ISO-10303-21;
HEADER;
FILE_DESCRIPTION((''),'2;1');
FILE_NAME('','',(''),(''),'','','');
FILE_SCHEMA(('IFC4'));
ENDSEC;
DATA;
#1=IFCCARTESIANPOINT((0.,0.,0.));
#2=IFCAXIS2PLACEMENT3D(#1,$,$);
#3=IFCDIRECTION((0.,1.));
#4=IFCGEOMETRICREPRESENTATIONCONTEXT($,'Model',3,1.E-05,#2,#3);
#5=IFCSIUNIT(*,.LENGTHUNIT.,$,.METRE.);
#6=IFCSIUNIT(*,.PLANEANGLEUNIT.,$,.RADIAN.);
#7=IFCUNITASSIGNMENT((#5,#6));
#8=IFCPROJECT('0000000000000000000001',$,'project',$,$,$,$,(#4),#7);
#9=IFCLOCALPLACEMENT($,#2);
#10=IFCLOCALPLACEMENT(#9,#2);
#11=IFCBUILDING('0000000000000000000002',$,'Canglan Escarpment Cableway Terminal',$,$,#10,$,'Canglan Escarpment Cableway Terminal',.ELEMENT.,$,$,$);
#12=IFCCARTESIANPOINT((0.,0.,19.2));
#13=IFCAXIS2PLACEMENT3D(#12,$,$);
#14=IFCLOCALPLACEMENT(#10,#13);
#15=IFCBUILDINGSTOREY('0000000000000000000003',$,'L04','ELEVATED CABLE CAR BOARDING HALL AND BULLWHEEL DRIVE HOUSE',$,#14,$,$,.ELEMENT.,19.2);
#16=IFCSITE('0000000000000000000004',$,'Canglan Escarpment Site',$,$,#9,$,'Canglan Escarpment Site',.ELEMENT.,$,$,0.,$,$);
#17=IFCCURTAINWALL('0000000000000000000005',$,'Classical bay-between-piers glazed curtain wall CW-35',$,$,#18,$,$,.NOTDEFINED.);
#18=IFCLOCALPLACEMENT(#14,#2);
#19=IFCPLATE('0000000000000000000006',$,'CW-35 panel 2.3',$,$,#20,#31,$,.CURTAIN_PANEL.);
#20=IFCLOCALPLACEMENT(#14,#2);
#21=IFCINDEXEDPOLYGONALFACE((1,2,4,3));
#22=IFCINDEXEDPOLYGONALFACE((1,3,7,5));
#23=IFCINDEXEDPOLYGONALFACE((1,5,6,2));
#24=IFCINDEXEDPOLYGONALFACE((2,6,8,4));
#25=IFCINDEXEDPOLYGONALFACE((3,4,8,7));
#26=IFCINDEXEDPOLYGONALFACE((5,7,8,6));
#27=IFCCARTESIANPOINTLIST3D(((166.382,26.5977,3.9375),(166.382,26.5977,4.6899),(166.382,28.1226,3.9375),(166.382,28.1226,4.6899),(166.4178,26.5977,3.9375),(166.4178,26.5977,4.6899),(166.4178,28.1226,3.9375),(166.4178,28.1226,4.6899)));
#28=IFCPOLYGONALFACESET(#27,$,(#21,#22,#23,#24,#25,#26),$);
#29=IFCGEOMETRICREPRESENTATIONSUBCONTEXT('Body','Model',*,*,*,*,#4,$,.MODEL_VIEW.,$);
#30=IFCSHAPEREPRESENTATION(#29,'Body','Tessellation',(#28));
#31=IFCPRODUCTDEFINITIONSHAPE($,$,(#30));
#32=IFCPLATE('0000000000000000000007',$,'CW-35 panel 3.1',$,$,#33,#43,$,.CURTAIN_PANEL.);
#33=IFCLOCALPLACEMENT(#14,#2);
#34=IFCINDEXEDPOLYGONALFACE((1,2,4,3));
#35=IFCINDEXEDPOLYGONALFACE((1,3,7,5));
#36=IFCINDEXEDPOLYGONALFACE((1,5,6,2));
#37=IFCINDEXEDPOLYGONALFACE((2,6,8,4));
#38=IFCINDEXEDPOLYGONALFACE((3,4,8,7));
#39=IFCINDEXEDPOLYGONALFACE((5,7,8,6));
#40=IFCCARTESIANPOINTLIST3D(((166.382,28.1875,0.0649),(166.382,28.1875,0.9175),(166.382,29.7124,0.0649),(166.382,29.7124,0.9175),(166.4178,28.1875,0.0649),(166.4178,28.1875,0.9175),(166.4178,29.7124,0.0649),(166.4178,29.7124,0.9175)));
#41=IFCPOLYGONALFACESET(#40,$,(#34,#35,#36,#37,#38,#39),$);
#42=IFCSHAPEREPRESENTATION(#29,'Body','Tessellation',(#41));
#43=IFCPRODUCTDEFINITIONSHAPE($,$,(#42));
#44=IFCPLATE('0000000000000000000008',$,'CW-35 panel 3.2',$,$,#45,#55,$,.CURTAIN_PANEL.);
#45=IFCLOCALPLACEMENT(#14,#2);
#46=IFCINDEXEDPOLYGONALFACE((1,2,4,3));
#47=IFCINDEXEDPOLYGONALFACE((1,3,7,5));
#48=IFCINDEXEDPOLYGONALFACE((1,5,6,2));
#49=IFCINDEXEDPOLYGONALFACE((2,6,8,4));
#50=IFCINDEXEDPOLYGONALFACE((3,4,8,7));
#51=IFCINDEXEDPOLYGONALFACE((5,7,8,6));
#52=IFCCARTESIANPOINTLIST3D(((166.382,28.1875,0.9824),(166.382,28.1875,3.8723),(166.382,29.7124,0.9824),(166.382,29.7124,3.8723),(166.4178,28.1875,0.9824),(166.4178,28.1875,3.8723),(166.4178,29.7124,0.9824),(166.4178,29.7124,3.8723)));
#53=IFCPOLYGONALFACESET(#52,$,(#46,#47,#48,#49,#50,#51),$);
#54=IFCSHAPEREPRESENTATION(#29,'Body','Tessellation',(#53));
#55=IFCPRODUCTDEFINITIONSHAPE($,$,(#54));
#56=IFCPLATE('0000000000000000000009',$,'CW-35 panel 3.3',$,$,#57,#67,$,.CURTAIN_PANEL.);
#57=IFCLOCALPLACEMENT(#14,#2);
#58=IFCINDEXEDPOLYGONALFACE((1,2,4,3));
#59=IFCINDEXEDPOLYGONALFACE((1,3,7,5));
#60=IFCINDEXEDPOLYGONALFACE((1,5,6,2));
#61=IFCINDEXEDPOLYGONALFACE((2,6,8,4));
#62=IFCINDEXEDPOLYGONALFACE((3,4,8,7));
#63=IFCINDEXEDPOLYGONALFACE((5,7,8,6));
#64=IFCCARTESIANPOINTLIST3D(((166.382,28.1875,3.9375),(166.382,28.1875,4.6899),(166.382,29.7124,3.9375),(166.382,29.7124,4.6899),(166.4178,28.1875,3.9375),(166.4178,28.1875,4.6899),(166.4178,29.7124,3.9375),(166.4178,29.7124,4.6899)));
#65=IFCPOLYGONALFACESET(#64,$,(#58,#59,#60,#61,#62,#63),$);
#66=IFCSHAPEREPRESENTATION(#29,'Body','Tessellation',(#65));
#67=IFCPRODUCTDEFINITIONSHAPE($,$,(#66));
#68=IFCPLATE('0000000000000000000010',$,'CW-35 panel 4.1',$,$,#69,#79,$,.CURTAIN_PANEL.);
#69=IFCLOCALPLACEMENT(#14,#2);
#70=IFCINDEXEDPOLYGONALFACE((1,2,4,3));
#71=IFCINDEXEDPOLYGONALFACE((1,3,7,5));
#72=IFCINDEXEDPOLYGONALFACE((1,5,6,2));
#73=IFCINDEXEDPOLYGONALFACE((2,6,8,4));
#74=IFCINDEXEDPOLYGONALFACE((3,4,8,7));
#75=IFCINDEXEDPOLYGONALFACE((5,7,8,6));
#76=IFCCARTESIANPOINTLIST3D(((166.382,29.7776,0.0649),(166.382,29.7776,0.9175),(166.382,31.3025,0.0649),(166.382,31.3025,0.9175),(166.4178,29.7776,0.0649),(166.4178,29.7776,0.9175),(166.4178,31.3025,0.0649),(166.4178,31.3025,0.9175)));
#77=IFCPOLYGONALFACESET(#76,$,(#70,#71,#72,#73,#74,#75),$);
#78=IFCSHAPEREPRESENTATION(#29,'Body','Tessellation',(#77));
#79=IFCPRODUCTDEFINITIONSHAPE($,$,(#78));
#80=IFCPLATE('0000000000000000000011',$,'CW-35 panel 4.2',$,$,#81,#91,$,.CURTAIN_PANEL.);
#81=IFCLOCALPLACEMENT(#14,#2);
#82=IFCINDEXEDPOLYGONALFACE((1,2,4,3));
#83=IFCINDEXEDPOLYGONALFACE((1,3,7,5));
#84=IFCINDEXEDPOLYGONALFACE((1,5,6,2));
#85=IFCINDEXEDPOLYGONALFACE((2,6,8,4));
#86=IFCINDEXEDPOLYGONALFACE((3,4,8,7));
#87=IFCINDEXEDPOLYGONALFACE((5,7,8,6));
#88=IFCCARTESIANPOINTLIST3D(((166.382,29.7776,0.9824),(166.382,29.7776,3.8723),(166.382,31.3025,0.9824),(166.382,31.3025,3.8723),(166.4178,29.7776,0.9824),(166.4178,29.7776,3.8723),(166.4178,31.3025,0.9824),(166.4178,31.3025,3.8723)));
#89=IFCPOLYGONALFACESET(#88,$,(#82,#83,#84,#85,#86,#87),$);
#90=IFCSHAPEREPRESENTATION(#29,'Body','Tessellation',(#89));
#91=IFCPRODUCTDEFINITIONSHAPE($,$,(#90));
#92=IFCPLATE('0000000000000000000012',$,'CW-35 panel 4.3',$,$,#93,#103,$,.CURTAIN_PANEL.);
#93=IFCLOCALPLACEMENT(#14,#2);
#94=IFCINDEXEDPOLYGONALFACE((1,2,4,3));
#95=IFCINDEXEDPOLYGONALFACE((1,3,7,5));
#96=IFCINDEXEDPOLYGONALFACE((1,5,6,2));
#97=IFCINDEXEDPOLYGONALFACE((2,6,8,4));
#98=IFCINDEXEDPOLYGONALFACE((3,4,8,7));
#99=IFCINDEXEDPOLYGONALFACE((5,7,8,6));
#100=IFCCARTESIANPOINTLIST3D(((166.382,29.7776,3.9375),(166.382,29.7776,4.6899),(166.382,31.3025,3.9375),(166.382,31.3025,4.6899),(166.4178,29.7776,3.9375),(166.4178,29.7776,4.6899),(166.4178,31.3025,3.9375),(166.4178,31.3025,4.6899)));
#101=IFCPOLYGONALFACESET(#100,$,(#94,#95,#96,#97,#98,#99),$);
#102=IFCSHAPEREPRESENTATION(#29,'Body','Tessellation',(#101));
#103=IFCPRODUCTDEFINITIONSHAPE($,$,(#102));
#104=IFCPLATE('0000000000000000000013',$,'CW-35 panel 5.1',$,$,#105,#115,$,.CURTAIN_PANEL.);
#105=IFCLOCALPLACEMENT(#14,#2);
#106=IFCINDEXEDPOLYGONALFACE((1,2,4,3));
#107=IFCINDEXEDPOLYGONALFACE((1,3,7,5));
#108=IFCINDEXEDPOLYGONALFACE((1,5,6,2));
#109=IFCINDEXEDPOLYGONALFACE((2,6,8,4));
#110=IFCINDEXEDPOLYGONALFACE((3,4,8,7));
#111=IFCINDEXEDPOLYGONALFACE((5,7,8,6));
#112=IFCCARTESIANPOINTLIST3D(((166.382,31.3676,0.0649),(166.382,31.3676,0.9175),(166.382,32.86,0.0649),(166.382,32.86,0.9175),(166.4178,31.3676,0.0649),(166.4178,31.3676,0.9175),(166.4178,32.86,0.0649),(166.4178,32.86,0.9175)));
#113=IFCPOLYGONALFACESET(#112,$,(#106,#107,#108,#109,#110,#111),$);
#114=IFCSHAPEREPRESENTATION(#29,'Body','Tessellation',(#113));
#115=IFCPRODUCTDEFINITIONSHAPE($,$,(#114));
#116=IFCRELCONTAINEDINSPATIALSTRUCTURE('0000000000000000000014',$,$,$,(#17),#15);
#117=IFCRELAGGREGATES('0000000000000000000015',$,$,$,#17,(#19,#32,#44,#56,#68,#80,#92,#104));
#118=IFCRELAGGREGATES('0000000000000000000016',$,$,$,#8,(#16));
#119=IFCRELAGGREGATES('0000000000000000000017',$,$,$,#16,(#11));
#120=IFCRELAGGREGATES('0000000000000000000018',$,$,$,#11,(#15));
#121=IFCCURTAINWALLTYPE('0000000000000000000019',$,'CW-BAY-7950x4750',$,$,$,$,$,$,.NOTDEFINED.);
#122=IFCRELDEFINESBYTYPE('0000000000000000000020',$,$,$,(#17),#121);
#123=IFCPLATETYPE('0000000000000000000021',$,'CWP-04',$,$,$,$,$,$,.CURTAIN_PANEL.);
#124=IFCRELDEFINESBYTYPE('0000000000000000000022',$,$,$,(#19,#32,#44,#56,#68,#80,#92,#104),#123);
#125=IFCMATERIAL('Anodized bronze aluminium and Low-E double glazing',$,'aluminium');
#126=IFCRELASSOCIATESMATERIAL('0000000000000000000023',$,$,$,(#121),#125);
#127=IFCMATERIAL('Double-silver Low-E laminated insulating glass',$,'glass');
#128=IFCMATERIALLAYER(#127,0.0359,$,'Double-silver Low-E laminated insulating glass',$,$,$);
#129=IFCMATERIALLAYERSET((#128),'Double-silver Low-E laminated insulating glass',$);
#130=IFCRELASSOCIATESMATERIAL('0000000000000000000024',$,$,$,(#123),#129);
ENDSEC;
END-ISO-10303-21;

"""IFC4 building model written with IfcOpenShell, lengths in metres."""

from ifc_helpers import new_model, si_unit, direction, frame, origin, origin_2d, place, context, subcontext, project, spatial, rectangle, extrude, material, layer, layer_set, type_object, element, aggregate, save


model = new_model("IFC4")

# Units and contexts
model_context = context("Model", 3, precision=1e-05, world=origin(), true_north=direction((0.0, 1.0)))
body_context = subcontext(model_context, "Body", "Model", "MODEL_VIEW")
ifc_project = project(units=[si_unit("LENGTHUNIT", "METRE"), si_unit("PLANEANGLEUNIT", "RADIAN")], contexts=[model_context])

# Site, building, storey
site_placement = place(None, origin())
site = spatial("IfcSite", under=ifc_project, at=site_placement, Name="Canglan Escarpment Site", LongName="Canglan Escarpment Site", CompositionType="ELEMENT", RefElevation=0.0)
building_placement = place(site_placement, origin())
building = spatial("IfcBuilding", under=site, at=building_placement, Name="Canglan Escarpment Cableway Terminal", LongName="Canglan Escarpment Cableway Terminal", CompositionType="ELEMENT")
storey_placement = place(building_placement, frame((0.0, 0.0, 19.2)))
storey = spatial("IfcBuildingStorey", under=building, at=storey_placement, Name="L04", Description="ELEVATED CABLE CAR BOARDING HALL AND BULLWHEEL DRIVE HOUSE", CompositionType="ELEMENT", Elevation=19.2)

# Curtain wall, plates
ifc_material_1 = material(Name="Anodized bronze aluminium and Low-E double glazing", Category="aluminium")
curtain_wall_type = type_object("IfcCurtainWallType", Name="CW-BAY-7950x4750", PredefinedType="NOTDEFINED", material=ifc_material_1)
curtain_wall_placement = place(storey_placement, origin())
curtain_wall = element("IfcCurtainWall", 1, at=curtain_wall_placement, inside=storey, type_object=curtain_wall_type, Name="Classical bay-between-piers glazed curtain wall CW-35", PredefinedType="NOTDEFINED")
ifc_material_2 = material(Name="Double-silver Low-E laminated insulating glass", Category="glass")
ifc_layer = layer(ifc_material_2, 0.0359, Name="Double-silver Low-E laminated insulating glass")
ifc_layer_set = layer_set([ifc_layer], Name="Double-silver Low-E laminated insulating glass")
plate_type = type_object("IfcPlateType", Name="CWP-04", PredefinedType="CURTAIN_PANEL", material=ifc_layer_set)
plate_1_placement = place(storey_placement, frame((166.3999, 27.3601, 3.9375), z_axis=(0.0, 0.0, 1.0), x_axis=(0.0, 1.0, 0.0)))
plate_1 = element("IfcPlate", 2, at=plate_1_placement, type_object=plate_type, Name="CW-35 panel 2.3", PredefinedType="CURTAIN_PANEL", context=body_context, shape_type="SweptSolid", body=[
    extrude(rectangle(XDim=1.5249, YDim=0.0359, at=origin_2d()), origin(), (0.0, 0.0, 1.0), 0.7524),
])
plate_2_placement = place(storey_placement, frame((166.3999, 28.95, 0.0649), z_axis=(0.0, 0.0, 1.0), x_axis=(0.0, 1.0, 0.0)))
plate_2 = element("IfcPlate", 3, at=plate_2_placement, type_object=plate_type, Name="CW-35 panel 3.1", PredefinedType="CURTAIN_PANEL", context=body_context, shape_type="SweptSolid", body=[
    extrude(rectangle(XDim=1.5249, YDim=0.0359, at=origin_2d()), origin(), (0.0, 0.0, 1.0), 0.8525),
])
plate_3_placement = place(storey_placement, frame((166.3999, 28.95, 0.9824), z_axis=(0.0, 0.0, 1.0), x_axis=(0.0, 1.0, 0.0)))
plate_3 = element("IfcPlate", 4, at=plate_3_placement, type_object=plate_type, Name="CW-35 panel 3.2", PredefinedType="CURTAIN_PANEL", context=body_context, shape_type="SweptSolid", body=[
    extrude(rectangle(XDim=1.5249, YDim=0.0359, at=origin_2d()), origin(), (0.0, 0.0, 1.0), 2.8899),
])
plate_4_placement = place(storey_placement, frame((166.3999, 28.95, 3.9375), z_axis=(0.0, 0.0, 1.0), x_axis=(0.0, 1.0, 0.0)))
plate_4 = element("IfcPlate", 5, at=plate_4_placement, type_object=plate_type, Name="CW-35 panel 3.3", PredefinedType="CURTAIN_PANEL", context=body_context, shape_type="SweptSolid", body=[
    extrude(rectangle(XDim=1.5249, YDim=0.0359, at=origin_2d()), origin(), (0.0, 0.0, 1.0), 0.7524),
])
plate_5_placement = place(storey_placement, frame((166.3999, 30.54, 0.0649), z_axis=(0.0, 0.0, 1.0), x_axis=(0.0, 1.0, 0.0)))
plate_5 = element("IfcPlate", 6, at=plate_5_placement, type_object=plate_type, Name="CW-35 panel 4.1", PredefinedType="CURTAIN_PANEL", context=body_context, shape_type="SweptSolid", body=[
    extrude(rectangle(XDim=1.5249, YDim=0.0359, at=origin_2d()), origin(), (0.0, 0.0, 1.0), 0.8525),
])
plate_6_placement = place(storey_placement, frame((166.3999, 30.54, 0.9824), z_axis=(0.0, 0.0, 1.0), x_axis=(0.0, 1.0, 0.0)))
plate_6 = element("IfcPlate", 7, at=plate_6_placement, type_object=plate_type, Name="CW-35 panel 4.2", PredefinedType="CURTAIN_PANEL", context=body_context, shape_type="SweptSolid", body=[
    extrude(rectangle(XDim=1.5249, YDim=0.0359, at=origin_2d()), origin(), (0.0, 0.0, 1.0), 2.8899),
])
plate_7_placement = place(storey_placement, frame((166.3999, 30.54, 3.9375), z_axis=(0.0, 0.0, 1.0), x_axis=(0.0, 1.0, 0.0)))
plate_7 = element("IfcPlate", 8, at=plate_7_placement, type_object=plate_type, Name="CW-35 panel 4.3", PredefinedType="CURTAIN_PANEL", context=body_context, shape_type="SweptSolid", body=[
    extrude(rectangle(XDim=1.5249, YDim=0.0359, at=origin_2d()), origin(), (0.0, 0.0, 1.0), 0.7524),
])
plate_8_placement = place(storey_placement, frame((166.3999, 32.1138, 0.0649), z_axis=(0.0, 0.0, 1.0), x_axis=(0.0, 1.0, 0.0)))
plate_8 = element("IfcPlate", 9, at=plate_8_placement, type_object=plate_type, Name="CW-35 panel 5.1", PredefinedType="CURTAIN_PANEL", context=body_context, shape_type="SweptSolid", body=[
    extrude(rectangle(XDim=1.4924, YDim=0.0359, at=origin_2d()), origin(), (0.0, 0.0, 1.0), 0.8525),
])
aggregate(curtain_wall, [plate_1, plate_2, plate_3, plate_4, plate_5, plate_6, plate_7, plate_8])

save(model, "model.ifc")
